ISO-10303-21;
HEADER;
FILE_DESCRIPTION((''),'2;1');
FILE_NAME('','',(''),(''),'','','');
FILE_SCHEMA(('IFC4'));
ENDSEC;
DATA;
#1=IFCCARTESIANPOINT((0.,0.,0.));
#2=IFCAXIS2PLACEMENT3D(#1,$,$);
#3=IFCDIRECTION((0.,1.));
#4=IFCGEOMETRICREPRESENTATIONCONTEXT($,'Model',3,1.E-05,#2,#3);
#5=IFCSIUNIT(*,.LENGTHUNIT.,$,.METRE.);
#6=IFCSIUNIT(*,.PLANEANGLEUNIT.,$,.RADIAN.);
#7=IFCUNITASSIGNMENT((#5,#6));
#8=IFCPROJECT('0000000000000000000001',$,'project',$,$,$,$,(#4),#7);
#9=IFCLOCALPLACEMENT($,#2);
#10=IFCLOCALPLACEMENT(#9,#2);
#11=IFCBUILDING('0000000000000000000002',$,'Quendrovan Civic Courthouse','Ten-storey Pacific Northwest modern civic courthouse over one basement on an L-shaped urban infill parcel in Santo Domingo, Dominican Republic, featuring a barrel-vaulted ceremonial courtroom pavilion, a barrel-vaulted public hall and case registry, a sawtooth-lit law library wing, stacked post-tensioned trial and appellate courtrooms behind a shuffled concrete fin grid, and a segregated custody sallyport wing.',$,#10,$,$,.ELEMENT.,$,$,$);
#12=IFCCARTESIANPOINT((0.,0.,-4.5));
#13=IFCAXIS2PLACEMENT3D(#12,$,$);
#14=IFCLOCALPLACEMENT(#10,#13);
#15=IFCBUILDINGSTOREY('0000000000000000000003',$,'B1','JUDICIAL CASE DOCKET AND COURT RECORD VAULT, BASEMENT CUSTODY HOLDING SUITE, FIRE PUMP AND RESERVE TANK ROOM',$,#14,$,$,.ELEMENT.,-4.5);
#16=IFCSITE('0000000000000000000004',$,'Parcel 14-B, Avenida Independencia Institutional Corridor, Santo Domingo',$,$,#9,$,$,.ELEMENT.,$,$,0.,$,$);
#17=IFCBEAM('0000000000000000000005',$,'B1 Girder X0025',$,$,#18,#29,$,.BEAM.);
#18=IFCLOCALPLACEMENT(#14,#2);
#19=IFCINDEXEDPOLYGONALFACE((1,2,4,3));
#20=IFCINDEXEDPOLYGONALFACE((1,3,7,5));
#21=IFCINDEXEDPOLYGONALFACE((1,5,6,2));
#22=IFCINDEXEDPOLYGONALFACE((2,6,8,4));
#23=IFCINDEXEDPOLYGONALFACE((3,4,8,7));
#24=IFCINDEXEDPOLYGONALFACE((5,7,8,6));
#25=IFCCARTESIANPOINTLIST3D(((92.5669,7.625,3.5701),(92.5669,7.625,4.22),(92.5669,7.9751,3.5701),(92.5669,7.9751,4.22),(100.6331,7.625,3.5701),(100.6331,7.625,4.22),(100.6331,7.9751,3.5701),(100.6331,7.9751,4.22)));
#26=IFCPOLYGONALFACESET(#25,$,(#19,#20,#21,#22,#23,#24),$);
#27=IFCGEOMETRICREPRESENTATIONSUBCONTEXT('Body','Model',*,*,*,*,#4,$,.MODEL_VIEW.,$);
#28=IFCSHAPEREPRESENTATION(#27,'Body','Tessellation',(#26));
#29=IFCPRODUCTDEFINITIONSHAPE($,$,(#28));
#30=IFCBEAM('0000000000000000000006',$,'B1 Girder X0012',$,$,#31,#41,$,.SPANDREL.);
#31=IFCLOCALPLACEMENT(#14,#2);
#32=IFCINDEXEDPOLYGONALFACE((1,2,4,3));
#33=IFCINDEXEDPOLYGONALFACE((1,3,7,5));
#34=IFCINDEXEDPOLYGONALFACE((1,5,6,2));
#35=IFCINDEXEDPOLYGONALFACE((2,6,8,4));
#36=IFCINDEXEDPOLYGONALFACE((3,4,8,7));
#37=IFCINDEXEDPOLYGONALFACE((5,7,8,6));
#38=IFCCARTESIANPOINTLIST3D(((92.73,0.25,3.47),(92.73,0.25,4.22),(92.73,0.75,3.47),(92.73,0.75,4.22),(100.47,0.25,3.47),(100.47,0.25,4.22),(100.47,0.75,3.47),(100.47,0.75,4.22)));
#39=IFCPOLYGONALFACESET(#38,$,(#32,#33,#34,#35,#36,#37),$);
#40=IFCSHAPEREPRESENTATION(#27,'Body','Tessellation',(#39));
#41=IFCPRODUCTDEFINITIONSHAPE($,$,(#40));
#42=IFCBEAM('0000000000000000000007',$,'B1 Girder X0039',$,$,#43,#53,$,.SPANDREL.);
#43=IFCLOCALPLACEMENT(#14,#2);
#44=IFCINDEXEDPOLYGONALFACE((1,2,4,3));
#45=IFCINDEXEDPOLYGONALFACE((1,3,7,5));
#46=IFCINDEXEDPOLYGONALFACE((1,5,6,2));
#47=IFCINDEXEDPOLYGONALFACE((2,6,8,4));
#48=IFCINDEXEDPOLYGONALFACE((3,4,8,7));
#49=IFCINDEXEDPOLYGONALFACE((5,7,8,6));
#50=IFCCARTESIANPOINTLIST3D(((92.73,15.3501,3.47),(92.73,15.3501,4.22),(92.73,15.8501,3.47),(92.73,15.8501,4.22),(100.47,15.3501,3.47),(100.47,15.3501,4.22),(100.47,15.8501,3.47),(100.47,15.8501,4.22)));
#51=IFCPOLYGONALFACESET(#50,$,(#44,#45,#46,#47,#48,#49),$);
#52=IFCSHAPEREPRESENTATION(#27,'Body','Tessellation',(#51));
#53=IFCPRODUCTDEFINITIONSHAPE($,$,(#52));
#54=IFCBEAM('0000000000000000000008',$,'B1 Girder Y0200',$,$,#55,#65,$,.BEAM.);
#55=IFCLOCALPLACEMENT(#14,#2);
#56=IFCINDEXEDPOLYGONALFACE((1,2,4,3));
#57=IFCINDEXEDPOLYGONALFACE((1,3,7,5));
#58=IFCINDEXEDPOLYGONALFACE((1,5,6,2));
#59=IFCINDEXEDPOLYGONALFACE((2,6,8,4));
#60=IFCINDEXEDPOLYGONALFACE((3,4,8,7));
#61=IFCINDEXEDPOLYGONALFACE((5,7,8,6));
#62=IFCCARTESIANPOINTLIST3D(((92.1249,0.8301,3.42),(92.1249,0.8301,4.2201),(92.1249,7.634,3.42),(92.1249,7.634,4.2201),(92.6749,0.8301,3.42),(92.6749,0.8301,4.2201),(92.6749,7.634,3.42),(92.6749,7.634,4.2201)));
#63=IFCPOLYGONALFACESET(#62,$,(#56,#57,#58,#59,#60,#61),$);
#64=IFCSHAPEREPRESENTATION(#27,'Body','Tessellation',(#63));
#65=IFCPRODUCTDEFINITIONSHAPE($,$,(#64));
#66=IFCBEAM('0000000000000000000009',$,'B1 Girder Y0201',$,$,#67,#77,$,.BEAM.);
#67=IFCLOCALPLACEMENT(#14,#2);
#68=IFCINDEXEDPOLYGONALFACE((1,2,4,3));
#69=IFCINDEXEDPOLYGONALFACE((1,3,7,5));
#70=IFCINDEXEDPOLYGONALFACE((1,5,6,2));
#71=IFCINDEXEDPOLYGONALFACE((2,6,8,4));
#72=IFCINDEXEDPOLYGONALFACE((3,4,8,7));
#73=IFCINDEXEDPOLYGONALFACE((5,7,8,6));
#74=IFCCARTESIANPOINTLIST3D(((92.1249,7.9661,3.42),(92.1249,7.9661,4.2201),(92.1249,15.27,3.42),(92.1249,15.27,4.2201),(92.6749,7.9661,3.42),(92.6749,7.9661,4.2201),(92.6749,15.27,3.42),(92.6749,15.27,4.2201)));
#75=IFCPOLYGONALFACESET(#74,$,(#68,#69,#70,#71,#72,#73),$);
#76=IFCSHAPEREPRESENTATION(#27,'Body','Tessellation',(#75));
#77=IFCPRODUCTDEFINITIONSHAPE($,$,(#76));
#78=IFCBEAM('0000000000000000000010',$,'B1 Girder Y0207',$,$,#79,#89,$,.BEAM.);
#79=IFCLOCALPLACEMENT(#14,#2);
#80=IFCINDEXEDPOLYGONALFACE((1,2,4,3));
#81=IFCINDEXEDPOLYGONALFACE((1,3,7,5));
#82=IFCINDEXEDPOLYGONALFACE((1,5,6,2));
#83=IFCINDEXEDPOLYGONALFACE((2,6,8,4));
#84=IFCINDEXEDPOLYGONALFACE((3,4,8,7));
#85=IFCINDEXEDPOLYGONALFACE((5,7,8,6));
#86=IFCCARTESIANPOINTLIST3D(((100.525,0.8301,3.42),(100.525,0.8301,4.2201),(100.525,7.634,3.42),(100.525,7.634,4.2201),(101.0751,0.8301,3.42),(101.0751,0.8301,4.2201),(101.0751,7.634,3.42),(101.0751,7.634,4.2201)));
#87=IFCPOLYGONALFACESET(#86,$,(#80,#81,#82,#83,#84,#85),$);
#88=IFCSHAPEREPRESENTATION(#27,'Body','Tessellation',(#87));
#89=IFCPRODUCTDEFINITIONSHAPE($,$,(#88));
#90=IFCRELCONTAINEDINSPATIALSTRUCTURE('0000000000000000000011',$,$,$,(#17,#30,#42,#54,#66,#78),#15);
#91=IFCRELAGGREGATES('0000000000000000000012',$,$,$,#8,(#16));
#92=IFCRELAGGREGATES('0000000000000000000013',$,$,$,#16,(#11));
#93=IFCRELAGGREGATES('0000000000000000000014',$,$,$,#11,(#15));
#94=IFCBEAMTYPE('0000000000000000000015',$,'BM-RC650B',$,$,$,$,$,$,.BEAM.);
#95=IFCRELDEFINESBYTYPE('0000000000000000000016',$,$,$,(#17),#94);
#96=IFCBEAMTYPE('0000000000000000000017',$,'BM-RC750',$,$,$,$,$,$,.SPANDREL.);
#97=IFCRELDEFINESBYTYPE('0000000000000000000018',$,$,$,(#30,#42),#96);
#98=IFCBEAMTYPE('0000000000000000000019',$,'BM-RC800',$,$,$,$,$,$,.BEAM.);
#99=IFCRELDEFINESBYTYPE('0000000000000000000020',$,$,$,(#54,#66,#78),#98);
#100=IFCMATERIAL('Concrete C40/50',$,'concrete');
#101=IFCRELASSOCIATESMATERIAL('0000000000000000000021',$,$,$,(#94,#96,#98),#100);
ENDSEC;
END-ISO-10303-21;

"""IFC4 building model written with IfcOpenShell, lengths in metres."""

from ifc_helpers import new_model, si_unit, direction, frame, origin, origin_2d, place, context, subcontext, project, spatial, rectangle, extrude, material, material_profile, profile_set, type_object, element, save


model = new_model("IFC4")

# Units and contexts
model_context = context("Model", 3, precision=1e-05, world=origin(), true_north=direction((0.0, 1.0)))
body_context = subcontext(model_context, "Body", "Model", "MODEL_VIEW")
ifc_project = project(units=[si_unit("LENGTHUNIT", "METRE"), si_unit("PLANEANGLEUNIT", "RADIAN")], contexts=[model_context])

# Site, building, storey
site_placement = place(None, origin())
site = spatial("IfcSite", under=ifc_project, at=site_placement, Name="Parcel 14-B, Avenida Independencia Institutional Corridor, Santo Domingo", CompositionType="ELEMENT", RefElevation=0.0)
building_placement = place(site_placement, origin())
building = spatial("IfcBuilding", under=site, at=building_placement, Name="Quendrovan Civic Courthouse", Description="Ten-storey Pacific Northwest modern civic courthouse over one basement on an L-shaped urban infill parcel in Santo Domingo, Dominican Republic, featuring a barrel-vaulted ceremonial courtroom pavilion, a barrel-vaulted public hall and case registry, a sawtooth-lit law library wing, stacked post-tensioned trial and appellate courtrooms behind a shuffled concrete fin grid, and a segregated custody sallyport wing.", CompositionType="ELEMENT")
storey_placement = place(building_placement, frame((0.0, 0.0, -4.5)))
storey = spatial("IfcBuildingStorey", under=building, at=storey_placement, Name="B1", Description="JUDICIAL CASE DOCKET AND COURT RECORD VAULT, BASEMENT CUSTODY HOLDING SUITE, FIRE PUMP AND RESERVE TANK ROOM", CompositionType="ELEMENT", Elevation=-4.5)

# Beams
ifc_material_1 = material(Name="Concrete C40/50", Category="concrete")
ifc_material_profile_1 = material_profile(ifc_material_1, rectangle(XDim=0.3501, YDim=0.6499, at=origin_2d()), Name="RC-BM-350x650")
ifc_profile_set_1 = profile_set([ifc_material_profile_1], Name="Concrete C40/50")
beam_type_1 = type_object("IfcBeamType", Name="BM-RC650B", PredefinedType="BEAM", material=ifc_profile_set_1)
beam_1_placement = place(storey_placement, frame((92.5669, 7.8, 3.895), z_axis=(1.0, 0.0, 0.0), x_axis=(0.0, 1.0, 0.0)))
element("IfcBeam", 1, at=beam_1_placement, inside=storey, type_object=beam_type_1, Name="B1 Girder X0025", PredefinedType="BEAM", context=body_context, shape_type="SweptSolid", body=[
    extrude(rectangle(XDim=0.3501, YDim=0.6499, at=origin_2d()), origin(), (0.0, 0.0, 1.0), 8.0662),
])
ifc_material_profile_2 = material_profile(ifc_material_1, rectangle(XDim=0.5, YDim=0.75, at=origin_2d()), Name="RC-BM-500x750")
ifc_profile_set_2 = profile_set([ifc_material_profile_2], Name="Concrete C40/50")
beam_type_2 = type_object("IfcBeamType", Name="BM-RC750", PredefinedType="SPANDREL", material=ifc_profile_set_2)
for number, where, z_axis, x_axis, name in (
    (2, (92.73, 0.5, 3.845), (1.0, 0.0, 0.0), (0.0, 1.0, 0.0), "B1 Girder X0012"),
    (3, (92.73, 15.6001, 3.845), (1.0, 0.0, 0.0), (0.0, 1.0, 0.0), "B1 Girder X0039"),
):
    element("IfcBeam", number, at=place(storey_placement, frame(where, z_axis=z_axis, x_axis=x_axis)), inside=storey, type_object=beam_type_2, Name=name, PredefinedType="SPANDREL", context=body_context, shape_type="SweptSolid", body=[
        extrude(rectangle(XDim=0.5, YDim=0.75, at=origin_2d()), origin(), (0.0, 0.0, 1.0), 7.74),
    ])
ifc_material_profile_3 = material_profile(ifc_material_1, rectangle(XDim=0.55, YDim=0.8, at=origin_2d()), Name="RC-BM-550x800")
ifc_profile_set_3 = profile_set([ifc_material_profile_3], Name="Concrete C40/50")
beam_type_3 = type_object("IfcBeamType", Name="BM-RC800", PredefinedType="BEAM", material=ifc_profile_set_3)
beam_2_placement = place(storey_placement, frame((92.3999, 0.8301, 3.8201), z_axis=(0.0, 1.0, 0.0), x_axis=(-1.0, 0.0, 0.0)))
element("IfcBeam", 4, at=beam_2_placement, inside=storey, type_object=beam_type_3, Name="B1 Girder Y0200", PredefinedType="BEAM", context=body_context, shape_type="SweptSolid", body=[
    extrude(rectangle(XDim=0.55, YDim=0.8, at=origin_2d()), origin(), (0.0, 0.0, 1.0), 6.804),
])
beam_3_placement = place(storey_placement, frame((92.3999, 7.9661, 3.8201), z_axis=(0.0, 1.0, 0.0), x_axis=(-1.0, 0.0, 0.0)))
element("IfcBeam", 5, at=beam_3_placement, inside=storey, type_object=beam_type_3, Name="B1 Girder Y0201", PredefinedType="BEAM", context=body_context, shape_type="SweptSolid", body=[
    extrude(rectangle(XDim=0.55, YDim=0.8, at=origin_2d()), origin(), (0.0, 0.0, 1.0), 7.304),
])
beam_4_placement = place(storey_placement, frame((100.8, 0.8301, 3.8201), z_axis=(0.0, 1.0, 0.0), x_axis=(-1.0, 0.0, 0.0)))
element("IfcBeam", 6, at=beam_4_placement, inside=storey, type_object=beam_type_3, Name="B1 Girder Y0207", PredefinedType="BEAM", context=body_context, shape_type="SweptSolid", body=[
    extrude(rectangle(XDim=0.55, YDim=0.8, at=origin_2d()), origin(), (0.0, 0.0, 1.0), 6.804),
])

save(model, "model.ifc")
